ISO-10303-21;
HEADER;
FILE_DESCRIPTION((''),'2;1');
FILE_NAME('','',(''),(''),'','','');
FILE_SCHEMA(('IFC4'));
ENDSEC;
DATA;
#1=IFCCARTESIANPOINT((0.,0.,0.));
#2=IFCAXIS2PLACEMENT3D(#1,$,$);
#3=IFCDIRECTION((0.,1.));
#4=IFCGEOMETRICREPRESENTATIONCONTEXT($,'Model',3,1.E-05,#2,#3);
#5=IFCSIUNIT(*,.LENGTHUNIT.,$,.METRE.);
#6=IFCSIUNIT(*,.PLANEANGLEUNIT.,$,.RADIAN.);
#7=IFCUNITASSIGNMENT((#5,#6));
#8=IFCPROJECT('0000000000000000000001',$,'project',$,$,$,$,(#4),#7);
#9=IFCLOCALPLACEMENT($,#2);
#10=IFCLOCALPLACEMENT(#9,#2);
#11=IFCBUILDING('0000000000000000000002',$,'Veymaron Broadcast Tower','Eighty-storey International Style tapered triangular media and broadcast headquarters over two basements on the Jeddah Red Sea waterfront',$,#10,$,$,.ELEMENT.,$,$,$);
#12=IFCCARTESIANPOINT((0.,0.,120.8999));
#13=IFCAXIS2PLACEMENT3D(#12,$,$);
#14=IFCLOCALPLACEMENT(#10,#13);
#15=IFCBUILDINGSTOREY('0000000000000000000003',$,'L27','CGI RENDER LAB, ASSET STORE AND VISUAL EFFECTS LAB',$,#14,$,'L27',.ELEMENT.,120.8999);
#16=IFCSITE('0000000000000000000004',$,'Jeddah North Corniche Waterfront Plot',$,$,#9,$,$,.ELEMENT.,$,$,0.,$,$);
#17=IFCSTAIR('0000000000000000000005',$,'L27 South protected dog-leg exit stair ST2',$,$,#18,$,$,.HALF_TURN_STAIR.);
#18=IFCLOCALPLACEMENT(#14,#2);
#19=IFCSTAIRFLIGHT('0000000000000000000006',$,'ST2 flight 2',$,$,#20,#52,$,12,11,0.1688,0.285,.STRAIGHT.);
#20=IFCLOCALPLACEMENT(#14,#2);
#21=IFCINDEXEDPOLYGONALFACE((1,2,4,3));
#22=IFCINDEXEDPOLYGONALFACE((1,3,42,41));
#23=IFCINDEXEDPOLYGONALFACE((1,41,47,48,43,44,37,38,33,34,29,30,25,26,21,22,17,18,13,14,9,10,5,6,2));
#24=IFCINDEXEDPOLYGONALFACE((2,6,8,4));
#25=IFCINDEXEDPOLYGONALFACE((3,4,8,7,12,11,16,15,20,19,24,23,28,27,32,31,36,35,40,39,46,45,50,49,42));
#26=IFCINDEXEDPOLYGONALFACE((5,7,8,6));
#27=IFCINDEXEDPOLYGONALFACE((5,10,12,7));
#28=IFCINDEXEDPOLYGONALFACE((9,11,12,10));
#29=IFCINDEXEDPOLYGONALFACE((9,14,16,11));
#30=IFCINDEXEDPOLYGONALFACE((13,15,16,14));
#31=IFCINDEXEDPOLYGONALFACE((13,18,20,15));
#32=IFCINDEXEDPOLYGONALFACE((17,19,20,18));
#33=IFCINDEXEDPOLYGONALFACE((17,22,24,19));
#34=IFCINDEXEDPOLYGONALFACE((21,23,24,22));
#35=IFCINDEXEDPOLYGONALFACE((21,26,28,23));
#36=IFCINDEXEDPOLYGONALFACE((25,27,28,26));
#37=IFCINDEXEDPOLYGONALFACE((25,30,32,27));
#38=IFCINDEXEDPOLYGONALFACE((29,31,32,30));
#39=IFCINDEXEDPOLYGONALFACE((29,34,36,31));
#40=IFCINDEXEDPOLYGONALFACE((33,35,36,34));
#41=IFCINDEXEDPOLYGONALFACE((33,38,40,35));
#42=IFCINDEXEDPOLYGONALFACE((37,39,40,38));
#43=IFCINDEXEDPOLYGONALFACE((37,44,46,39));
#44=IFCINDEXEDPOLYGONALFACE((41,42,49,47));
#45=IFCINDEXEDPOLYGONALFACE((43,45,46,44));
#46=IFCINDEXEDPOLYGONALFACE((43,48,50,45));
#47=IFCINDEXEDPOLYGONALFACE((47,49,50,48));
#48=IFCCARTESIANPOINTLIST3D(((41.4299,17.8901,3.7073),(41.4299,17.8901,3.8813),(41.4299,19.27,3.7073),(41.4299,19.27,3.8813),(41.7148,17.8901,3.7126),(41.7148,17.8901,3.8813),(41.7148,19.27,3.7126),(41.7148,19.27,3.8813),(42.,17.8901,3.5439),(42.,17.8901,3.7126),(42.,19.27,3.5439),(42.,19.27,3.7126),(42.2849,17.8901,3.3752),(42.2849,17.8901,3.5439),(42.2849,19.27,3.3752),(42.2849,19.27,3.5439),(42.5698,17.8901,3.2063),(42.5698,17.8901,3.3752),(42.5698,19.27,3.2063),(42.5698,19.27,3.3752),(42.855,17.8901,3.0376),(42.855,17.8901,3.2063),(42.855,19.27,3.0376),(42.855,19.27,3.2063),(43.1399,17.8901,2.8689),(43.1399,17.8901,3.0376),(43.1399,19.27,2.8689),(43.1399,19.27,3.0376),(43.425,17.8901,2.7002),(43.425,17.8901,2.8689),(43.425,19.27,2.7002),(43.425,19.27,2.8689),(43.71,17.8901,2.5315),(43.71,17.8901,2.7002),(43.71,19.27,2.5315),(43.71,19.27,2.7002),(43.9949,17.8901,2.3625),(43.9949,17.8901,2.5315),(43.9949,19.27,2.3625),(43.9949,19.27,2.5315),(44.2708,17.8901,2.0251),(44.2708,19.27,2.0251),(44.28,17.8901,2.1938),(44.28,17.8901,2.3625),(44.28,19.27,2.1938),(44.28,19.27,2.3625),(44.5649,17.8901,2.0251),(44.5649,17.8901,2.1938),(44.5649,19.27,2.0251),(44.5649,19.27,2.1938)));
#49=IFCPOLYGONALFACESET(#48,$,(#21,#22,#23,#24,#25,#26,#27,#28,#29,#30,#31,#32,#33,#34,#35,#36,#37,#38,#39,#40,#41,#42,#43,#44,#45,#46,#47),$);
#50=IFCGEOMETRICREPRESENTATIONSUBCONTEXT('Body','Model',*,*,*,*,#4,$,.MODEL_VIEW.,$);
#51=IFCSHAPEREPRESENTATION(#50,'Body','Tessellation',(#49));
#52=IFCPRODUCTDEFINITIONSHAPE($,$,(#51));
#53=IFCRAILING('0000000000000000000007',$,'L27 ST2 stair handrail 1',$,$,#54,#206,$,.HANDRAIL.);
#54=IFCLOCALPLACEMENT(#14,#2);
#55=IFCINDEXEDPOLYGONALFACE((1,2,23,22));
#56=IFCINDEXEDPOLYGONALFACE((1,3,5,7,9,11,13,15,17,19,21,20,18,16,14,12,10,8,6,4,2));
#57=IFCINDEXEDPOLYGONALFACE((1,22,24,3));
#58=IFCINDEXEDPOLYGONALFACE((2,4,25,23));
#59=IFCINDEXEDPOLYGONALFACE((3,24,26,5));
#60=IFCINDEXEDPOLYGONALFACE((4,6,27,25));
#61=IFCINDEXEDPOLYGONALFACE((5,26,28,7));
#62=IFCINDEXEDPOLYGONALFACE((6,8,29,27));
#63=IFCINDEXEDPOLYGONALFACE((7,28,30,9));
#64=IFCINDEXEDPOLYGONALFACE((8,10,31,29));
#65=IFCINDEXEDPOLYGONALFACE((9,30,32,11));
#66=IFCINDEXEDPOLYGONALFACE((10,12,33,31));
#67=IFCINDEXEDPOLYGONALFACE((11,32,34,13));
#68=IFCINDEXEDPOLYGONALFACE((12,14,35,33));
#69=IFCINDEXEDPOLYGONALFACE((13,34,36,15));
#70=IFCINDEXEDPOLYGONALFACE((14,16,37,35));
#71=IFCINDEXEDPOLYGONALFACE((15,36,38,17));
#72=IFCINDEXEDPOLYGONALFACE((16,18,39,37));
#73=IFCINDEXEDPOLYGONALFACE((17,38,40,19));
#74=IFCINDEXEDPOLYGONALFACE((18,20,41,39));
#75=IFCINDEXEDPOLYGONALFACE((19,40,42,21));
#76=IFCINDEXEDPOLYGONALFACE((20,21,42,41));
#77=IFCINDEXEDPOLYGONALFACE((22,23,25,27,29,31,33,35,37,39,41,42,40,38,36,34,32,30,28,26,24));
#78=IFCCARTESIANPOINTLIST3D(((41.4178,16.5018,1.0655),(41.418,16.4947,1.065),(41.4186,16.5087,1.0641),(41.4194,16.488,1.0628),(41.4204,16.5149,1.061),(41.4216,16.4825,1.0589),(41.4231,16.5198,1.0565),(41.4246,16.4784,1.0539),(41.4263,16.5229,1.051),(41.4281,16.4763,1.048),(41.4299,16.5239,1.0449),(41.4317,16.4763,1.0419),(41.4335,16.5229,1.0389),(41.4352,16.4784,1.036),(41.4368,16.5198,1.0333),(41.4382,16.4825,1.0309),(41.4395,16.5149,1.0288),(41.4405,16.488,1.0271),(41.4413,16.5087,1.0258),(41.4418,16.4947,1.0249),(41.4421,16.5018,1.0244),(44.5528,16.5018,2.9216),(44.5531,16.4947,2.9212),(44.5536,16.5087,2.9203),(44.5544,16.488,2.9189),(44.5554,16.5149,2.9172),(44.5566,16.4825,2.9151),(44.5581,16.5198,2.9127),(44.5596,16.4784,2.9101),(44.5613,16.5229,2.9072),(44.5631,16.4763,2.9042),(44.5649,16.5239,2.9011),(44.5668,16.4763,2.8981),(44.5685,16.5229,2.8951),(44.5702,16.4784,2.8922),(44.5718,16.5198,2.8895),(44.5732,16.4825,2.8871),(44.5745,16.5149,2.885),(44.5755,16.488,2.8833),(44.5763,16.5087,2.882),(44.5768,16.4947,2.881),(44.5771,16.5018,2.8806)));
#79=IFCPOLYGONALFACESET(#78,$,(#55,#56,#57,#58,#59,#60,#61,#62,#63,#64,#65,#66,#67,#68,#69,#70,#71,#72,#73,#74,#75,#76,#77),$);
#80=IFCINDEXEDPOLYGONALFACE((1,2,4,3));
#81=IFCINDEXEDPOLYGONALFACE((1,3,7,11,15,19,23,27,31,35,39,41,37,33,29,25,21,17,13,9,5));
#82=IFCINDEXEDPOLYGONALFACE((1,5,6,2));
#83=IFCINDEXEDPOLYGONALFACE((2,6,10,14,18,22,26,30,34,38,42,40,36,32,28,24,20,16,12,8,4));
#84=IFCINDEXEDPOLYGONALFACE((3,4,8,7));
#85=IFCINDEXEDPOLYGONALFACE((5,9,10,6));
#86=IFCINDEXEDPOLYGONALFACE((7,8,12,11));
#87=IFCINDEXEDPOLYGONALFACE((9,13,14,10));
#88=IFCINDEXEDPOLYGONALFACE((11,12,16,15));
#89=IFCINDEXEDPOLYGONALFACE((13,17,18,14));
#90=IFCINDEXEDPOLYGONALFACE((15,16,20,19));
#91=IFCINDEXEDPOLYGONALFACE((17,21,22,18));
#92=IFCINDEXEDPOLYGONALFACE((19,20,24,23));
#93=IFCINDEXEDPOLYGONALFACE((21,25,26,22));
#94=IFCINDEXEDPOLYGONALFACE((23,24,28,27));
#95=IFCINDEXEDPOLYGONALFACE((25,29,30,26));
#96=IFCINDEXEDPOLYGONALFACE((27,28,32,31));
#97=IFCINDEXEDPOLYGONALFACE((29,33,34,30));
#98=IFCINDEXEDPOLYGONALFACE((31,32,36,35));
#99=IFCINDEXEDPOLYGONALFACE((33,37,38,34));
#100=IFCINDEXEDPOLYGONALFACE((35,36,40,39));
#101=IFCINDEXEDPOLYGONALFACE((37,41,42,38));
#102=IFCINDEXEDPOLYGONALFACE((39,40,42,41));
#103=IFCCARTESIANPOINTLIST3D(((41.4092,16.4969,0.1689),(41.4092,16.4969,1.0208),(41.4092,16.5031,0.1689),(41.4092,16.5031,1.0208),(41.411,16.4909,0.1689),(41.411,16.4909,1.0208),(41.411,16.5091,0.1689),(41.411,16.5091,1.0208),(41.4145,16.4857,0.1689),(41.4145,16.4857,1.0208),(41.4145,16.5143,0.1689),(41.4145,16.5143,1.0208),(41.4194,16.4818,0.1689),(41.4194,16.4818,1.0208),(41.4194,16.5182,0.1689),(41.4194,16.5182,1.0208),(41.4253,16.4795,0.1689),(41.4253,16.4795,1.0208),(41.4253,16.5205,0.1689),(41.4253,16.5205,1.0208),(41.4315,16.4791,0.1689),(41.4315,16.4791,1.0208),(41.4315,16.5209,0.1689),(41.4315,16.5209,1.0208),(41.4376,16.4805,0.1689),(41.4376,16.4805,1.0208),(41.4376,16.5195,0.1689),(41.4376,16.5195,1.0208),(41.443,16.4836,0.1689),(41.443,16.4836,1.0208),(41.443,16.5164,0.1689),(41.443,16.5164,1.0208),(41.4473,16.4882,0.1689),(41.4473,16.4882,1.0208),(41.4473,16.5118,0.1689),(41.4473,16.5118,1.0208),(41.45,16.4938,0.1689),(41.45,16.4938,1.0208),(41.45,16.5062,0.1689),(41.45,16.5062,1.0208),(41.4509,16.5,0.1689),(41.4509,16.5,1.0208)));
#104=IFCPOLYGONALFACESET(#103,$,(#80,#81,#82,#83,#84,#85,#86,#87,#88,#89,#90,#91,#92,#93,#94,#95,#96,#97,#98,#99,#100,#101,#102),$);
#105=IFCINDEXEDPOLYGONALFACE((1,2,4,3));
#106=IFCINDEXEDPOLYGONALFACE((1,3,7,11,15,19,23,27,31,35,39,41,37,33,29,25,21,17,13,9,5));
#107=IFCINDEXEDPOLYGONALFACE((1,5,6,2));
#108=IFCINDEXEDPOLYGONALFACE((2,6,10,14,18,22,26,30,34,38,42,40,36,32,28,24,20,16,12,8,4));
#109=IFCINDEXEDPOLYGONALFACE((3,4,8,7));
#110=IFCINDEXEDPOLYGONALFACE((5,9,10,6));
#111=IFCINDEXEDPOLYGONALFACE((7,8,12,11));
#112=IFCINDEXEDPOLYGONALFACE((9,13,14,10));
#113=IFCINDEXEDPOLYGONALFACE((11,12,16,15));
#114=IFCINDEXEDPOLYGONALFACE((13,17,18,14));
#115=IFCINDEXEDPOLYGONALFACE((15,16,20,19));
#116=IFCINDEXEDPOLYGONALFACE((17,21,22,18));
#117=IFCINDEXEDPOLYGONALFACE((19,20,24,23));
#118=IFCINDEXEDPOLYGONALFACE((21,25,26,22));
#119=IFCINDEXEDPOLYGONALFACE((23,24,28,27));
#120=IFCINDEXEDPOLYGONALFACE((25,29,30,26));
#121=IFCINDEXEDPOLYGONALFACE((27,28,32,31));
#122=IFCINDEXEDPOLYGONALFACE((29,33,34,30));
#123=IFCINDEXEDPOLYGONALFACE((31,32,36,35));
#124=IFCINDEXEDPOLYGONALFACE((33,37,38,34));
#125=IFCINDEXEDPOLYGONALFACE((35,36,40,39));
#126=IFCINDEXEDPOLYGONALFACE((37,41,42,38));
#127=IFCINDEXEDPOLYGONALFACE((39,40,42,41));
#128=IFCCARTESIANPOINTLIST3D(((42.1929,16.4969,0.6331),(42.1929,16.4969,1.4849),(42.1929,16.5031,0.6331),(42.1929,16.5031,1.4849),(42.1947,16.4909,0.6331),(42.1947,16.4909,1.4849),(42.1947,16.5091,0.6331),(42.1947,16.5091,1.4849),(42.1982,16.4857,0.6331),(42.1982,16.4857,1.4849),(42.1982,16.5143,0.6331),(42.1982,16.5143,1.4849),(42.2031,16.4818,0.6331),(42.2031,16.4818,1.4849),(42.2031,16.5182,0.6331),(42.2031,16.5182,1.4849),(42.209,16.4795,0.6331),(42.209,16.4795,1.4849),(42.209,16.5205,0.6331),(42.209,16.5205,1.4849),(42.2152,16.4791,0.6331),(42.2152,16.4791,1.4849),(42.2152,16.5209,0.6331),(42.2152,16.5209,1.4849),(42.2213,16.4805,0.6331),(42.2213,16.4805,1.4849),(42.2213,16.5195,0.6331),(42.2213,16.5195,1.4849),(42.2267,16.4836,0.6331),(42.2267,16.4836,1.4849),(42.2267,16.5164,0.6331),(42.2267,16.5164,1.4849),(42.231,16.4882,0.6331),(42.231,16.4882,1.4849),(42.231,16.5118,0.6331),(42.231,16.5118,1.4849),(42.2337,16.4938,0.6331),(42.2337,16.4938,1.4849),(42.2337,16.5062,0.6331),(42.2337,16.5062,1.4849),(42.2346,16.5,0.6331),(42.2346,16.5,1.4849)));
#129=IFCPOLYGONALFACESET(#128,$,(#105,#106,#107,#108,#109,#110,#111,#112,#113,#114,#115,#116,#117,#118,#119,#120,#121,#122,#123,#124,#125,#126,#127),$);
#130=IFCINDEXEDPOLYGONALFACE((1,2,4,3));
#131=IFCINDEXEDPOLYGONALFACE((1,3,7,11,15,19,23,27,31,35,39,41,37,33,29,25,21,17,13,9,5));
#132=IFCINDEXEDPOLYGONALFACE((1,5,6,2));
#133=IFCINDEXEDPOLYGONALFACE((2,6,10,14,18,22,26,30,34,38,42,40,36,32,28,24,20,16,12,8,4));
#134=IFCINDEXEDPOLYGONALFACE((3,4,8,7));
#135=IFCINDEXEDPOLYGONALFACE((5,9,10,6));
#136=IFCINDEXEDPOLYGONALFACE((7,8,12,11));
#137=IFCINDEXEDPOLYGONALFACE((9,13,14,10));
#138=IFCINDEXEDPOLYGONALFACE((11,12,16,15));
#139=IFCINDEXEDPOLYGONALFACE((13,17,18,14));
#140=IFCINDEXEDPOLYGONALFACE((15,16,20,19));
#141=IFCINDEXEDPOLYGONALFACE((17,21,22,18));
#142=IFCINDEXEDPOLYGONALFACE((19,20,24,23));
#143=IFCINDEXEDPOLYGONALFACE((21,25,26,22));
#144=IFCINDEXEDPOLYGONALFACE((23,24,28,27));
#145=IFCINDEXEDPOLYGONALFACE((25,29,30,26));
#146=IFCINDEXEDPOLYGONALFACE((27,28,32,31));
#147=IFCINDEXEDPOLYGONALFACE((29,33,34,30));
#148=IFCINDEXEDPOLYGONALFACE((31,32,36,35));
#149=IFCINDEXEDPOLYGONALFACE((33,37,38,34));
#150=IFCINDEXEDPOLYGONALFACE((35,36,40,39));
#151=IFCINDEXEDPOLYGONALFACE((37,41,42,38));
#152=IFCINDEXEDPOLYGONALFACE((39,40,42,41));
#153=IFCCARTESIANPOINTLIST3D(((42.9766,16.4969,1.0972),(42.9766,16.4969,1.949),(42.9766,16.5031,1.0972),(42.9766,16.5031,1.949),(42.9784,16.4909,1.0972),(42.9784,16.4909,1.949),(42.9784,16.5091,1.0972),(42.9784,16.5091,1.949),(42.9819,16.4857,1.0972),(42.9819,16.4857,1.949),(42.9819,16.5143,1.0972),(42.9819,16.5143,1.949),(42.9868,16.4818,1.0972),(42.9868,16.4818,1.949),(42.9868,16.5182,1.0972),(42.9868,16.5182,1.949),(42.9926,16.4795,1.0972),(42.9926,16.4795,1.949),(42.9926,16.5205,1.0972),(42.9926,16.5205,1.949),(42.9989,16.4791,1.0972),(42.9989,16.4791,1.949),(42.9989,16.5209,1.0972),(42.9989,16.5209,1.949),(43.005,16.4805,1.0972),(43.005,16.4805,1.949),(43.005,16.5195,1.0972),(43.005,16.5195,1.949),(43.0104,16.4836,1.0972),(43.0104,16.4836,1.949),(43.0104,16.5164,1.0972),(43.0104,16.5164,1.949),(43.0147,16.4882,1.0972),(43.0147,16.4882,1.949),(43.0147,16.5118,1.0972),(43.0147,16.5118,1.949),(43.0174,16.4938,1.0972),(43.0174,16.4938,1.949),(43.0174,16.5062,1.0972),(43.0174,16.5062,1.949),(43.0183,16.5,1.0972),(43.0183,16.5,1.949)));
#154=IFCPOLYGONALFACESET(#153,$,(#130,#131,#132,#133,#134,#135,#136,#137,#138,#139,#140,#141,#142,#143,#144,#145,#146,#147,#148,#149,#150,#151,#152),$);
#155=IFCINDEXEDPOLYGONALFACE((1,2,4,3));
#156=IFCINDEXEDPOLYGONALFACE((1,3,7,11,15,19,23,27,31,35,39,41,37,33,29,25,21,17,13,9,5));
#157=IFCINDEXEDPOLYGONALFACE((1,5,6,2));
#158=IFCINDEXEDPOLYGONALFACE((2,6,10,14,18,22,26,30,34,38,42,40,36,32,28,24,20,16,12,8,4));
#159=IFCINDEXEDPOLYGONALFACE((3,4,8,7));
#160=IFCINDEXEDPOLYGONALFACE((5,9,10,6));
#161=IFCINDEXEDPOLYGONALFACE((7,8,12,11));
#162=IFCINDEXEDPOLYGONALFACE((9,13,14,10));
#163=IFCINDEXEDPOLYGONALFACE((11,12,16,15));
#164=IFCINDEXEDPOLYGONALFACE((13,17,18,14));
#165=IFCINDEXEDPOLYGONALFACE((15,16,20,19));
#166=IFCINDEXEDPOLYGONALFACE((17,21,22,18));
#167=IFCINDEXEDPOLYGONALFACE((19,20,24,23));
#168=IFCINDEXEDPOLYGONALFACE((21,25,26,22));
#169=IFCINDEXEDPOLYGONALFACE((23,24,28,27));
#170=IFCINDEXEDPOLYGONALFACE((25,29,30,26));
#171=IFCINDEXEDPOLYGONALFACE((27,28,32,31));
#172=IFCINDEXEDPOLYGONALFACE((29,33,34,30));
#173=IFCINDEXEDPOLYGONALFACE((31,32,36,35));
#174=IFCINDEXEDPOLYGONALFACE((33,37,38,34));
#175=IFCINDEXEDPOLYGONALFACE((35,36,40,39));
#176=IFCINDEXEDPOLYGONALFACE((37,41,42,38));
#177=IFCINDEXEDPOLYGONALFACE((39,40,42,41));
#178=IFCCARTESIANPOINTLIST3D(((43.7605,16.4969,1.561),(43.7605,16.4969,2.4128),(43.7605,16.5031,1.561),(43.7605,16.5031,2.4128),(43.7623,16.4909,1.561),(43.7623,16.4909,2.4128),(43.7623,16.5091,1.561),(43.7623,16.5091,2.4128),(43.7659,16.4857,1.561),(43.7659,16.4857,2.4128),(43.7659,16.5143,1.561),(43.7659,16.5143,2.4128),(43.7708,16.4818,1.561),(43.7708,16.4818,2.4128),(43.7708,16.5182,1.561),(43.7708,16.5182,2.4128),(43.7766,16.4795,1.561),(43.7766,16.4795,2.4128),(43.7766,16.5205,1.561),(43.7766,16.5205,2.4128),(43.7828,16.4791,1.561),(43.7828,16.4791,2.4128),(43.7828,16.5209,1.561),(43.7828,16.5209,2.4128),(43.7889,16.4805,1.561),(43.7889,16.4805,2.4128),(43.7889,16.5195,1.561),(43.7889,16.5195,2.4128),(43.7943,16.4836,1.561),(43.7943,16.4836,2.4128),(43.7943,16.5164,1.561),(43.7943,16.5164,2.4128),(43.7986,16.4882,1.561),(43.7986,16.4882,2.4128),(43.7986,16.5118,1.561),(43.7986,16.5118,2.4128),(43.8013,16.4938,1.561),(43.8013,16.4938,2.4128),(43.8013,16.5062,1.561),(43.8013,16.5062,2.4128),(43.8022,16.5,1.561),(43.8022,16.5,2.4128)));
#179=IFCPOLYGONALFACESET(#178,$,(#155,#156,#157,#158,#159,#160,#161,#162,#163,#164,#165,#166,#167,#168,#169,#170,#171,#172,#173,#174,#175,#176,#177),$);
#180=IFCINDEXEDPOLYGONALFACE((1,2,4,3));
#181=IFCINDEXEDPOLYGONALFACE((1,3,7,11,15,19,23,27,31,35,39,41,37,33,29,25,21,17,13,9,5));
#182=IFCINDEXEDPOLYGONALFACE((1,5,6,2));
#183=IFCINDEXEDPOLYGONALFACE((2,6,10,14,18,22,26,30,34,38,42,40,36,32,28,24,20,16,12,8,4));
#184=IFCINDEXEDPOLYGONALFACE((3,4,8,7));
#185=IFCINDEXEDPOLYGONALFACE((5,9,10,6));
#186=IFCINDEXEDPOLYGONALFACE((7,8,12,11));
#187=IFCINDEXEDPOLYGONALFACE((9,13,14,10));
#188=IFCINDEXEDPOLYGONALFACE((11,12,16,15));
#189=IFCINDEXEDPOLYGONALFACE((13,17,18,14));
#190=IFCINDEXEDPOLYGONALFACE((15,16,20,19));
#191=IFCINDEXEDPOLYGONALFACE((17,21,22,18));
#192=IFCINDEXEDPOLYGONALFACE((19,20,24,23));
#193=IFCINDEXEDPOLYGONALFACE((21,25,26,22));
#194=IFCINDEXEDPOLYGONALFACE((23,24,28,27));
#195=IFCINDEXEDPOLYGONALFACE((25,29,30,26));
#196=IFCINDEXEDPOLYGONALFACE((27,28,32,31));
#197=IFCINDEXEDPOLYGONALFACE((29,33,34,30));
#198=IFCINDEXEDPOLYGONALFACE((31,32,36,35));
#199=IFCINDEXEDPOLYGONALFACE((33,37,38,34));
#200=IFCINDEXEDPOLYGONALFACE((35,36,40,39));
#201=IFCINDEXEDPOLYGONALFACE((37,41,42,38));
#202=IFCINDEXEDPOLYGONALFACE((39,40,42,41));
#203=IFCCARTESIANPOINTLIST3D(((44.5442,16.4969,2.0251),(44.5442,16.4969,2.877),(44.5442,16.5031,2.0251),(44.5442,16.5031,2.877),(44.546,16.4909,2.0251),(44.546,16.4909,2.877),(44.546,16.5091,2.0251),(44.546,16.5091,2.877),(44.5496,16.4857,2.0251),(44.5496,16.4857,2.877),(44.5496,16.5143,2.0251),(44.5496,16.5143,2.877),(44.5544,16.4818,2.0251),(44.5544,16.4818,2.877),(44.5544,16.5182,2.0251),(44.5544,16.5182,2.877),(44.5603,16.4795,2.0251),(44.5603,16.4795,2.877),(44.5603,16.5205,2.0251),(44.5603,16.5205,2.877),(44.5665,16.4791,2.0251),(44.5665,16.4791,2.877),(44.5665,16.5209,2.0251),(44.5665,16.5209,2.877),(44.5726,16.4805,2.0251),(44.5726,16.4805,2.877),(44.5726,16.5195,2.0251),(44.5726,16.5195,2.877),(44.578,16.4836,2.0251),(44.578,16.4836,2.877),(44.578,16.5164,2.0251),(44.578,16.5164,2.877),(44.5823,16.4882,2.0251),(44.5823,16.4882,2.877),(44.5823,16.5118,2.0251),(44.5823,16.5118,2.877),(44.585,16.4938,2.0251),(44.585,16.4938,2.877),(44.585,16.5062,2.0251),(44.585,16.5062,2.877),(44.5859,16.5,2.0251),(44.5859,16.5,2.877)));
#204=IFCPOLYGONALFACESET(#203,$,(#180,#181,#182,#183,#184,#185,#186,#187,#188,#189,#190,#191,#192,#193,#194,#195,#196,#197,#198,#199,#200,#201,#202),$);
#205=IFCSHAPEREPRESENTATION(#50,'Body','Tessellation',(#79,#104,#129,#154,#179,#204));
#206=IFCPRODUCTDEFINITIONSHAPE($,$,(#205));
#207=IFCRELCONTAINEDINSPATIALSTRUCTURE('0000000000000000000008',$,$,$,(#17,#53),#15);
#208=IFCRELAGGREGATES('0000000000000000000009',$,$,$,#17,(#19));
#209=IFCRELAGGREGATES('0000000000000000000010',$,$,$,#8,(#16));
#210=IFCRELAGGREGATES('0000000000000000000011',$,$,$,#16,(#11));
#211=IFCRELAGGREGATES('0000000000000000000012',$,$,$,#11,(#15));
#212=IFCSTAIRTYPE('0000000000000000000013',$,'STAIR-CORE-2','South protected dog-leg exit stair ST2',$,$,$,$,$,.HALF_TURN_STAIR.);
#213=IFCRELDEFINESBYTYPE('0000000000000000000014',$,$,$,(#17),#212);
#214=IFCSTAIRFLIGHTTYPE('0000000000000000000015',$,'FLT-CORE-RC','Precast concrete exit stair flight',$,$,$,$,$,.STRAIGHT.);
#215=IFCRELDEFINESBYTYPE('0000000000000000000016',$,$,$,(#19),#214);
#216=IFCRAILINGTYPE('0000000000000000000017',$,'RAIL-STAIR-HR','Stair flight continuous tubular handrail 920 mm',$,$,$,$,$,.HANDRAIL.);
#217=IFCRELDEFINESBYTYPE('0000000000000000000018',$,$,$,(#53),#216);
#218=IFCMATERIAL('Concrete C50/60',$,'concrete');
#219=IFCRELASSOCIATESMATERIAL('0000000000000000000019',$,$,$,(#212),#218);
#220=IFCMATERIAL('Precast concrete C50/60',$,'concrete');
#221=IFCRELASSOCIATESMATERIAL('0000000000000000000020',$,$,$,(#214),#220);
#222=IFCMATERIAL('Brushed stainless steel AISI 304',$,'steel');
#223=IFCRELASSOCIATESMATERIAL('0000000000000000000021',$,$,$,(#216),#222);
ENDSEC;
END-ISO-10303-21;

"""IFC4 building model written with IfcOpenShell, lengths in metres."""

from ifc_helpers import new_model, si_unit, direction, frame, origin, origin_2d, place, context, subcontext, project, spatial, polyline, circle, outline, extrude, material, type_object, element, aggregate, save


model = new_model("IFC4")

# Units and contexts
model_context = context("Model", 3, precision=1e-05, world=origin(), true_north=direction((0.0, 1.0)))
body_context = subcontext(model_context, "Body", "Model", "MODEL_VIEW")
ifc_project = project(units=[si_unit("LENGTHUNIT", "METRE"), si_unit("PLANEANGLEUNIT", "RADIAN")], contexts=[model_context])

# Site, building, storey
site_placement = place(None, origin())
site = spatial("IfcSite", under=ifc_project, at=site_placement, Name="Jeddah North Corniche Waterfront Plot", CompositionType="ELEMENT", RefElevation=0.0)
building_placement = place(site_placement, origin())
building = spatial("IfcBuilding", under=site, at=building_placement, Name="Veymaron Broadcast Tower", Description="Eighty-storey International Style tapered triangular media and broadcast headquarters over two basements on the Jeddah Red Sea waterfront", CompositionType="ELEMENT")
storey_placement = place(building_placement, frame((0.0, 0.0, 120.8999)))
storey = spatial("IfcBuildingStorey", under=building, at=storey_placement, Name="L27", Description="CGI RENDER LAB, ASSET STORE AND VISUAL EFFECTS LAB", LongName="L27", CompositionType="ELEMENT", Elevation=120.8999)

# Shared definitions
ifc_material_1 = material(Name="Brushed stainless steel AISI 304", Category="steel")

# Shared definitions
ifc_material_2 = material(Name="Concrete C50/60", Category="concrete")

# Stair, stair flight
stair_type = type_object("IfcStairType", Name="STAIR-CORE-2", Description="South protected dog-leg exit stair ST2", PredefinedType="HALF_TURN_STAIR", material=ifc_material_2)
stair_placement = place(storey_placement, origin())
stair = element("IfcStair", 1, at=stair_placement, inside=storey, type_object=stair_type, Name="L27 South protected dog-leg exit stair ST2", PredefinedType="HALF_TURN_STAIR")
ifc_material_3 = material(Name="Precast concrete C50/60", Category="concrete")
stair_flight_type = type_object("IfcStairFlightType", Name="FLT-CORE-RC", Description="Precast concrete exit stair flight", PredefinedType="STRAIGHT", material=ifc_material_3)
stair_flight_1_placement = place(storey_placement, frame((44.5649, 18.5801, 2.0251), z_axis=(0.0, 0.0, 1.0), x_axis=(-1.0, 0.0, 0.0)))
stair_flight_1 = element("IfcStairFlight", 2, at=stair_flight_1_placement, type_object=stair_flight_type, Name="ST2 flight 2", NumberOfRisers=12, NumberOfTreads=11, PredefinedType="STRAIGHT", RiserHeight=0.1688, TreadLength=0.285, context=body_context, shape_type="SweptSolid", body=[
    extrude(outline(polyline([(0.0, 0.0), (0.0, 0.1687), (0.2849, 0.1687), (0.2849, 0.3374), (0.5701, 0.3374), (0.5701, 0.5063), (0.855, 0.5063), (0.855, 0.675), (1.1399, 0.675), (1.1399, 0.8438), (1.425, 0.8438), (1.425, 1.0125), (1.71, 1.0125), (1.71, 1.1812), (1.9951, 1.1812), (1.9951, 1.3501), (2.28, 1.3501), (2.28, 1.5188), (2.5649, 1.5188), (2.5649, 1.6875), (2.8501, 1.6875), (2.8501, 1.8562), (3.135, 1.8562), (3.135, 2.0249), (3.135, 1.6821), (0.2942, 0.0), (0.0, 0.0)])), frame((0.0, 0.6899, 0.0), z_axis=(0.0, -1.0, 0.0), x_axis=(1.0, 0.0, 0.0)), (0.0, 0.0, 1.0), 1.3799),
])
aggregate(stair, [stair_flight_1])

# Railing
railing_type_1 = type_object("IfcRailingType", Name="RAIL-STAIR-HR", Description="Stair flight continuous tubular handrail 920 mm", PredefinedType="HANDRAIL", material=ifc_material_1)
railing_1_placement = place(storey_placement, frame((41.4299, 16.5, 0.1689)))
element("IfcRailing", 3, at=railing_1_placement, inside=storey, type_object=railing_type_1, Name="L27 ST2 stair handrail 1", PredefinedType="HANDRAIL", context=body_context, shape_type="SweptSolid", body=[
    extrude(circle(Radius=0.0239, at=origin_2d()), frame((0.0, 0.0, 0.876), z_axis=(0.860482, 0.0, 0.509481), x_axis=(0.0, 1.0, 0.0)), (0.0, 0.0, 1.0), 3.6433),
    extrude(circle(Radius=0.021, at=origin_2d()), origin(), (0.0, 0.0, 1.0), 0.8518),
    extrude(circle(Radius=0.021, at=origin_2d()), frame((0.7837, 0.0, 0.4641)), (0.0, 0.0, 1.0), 0.8518),
    extrude(circle(Radius=0.021, at=origin_2d()), frame((1.5674, 0.0, 0.9282)), (0.0, 0.0, 1.0), 0.8518),
    extrude(circle(Radius=0.021, at=origin_2d()), frame((2.3513, 0.0, 1.3921)), (0.0, 0.0, 1.0), 0.8518),
    extrude(circle(Radius=0.021, at=origin_2d()), frame((3.135, 0.0, 1.8562)), (0.0, 0.0, 1.0), 0.8518),
])

save(model, "model.ifc")
